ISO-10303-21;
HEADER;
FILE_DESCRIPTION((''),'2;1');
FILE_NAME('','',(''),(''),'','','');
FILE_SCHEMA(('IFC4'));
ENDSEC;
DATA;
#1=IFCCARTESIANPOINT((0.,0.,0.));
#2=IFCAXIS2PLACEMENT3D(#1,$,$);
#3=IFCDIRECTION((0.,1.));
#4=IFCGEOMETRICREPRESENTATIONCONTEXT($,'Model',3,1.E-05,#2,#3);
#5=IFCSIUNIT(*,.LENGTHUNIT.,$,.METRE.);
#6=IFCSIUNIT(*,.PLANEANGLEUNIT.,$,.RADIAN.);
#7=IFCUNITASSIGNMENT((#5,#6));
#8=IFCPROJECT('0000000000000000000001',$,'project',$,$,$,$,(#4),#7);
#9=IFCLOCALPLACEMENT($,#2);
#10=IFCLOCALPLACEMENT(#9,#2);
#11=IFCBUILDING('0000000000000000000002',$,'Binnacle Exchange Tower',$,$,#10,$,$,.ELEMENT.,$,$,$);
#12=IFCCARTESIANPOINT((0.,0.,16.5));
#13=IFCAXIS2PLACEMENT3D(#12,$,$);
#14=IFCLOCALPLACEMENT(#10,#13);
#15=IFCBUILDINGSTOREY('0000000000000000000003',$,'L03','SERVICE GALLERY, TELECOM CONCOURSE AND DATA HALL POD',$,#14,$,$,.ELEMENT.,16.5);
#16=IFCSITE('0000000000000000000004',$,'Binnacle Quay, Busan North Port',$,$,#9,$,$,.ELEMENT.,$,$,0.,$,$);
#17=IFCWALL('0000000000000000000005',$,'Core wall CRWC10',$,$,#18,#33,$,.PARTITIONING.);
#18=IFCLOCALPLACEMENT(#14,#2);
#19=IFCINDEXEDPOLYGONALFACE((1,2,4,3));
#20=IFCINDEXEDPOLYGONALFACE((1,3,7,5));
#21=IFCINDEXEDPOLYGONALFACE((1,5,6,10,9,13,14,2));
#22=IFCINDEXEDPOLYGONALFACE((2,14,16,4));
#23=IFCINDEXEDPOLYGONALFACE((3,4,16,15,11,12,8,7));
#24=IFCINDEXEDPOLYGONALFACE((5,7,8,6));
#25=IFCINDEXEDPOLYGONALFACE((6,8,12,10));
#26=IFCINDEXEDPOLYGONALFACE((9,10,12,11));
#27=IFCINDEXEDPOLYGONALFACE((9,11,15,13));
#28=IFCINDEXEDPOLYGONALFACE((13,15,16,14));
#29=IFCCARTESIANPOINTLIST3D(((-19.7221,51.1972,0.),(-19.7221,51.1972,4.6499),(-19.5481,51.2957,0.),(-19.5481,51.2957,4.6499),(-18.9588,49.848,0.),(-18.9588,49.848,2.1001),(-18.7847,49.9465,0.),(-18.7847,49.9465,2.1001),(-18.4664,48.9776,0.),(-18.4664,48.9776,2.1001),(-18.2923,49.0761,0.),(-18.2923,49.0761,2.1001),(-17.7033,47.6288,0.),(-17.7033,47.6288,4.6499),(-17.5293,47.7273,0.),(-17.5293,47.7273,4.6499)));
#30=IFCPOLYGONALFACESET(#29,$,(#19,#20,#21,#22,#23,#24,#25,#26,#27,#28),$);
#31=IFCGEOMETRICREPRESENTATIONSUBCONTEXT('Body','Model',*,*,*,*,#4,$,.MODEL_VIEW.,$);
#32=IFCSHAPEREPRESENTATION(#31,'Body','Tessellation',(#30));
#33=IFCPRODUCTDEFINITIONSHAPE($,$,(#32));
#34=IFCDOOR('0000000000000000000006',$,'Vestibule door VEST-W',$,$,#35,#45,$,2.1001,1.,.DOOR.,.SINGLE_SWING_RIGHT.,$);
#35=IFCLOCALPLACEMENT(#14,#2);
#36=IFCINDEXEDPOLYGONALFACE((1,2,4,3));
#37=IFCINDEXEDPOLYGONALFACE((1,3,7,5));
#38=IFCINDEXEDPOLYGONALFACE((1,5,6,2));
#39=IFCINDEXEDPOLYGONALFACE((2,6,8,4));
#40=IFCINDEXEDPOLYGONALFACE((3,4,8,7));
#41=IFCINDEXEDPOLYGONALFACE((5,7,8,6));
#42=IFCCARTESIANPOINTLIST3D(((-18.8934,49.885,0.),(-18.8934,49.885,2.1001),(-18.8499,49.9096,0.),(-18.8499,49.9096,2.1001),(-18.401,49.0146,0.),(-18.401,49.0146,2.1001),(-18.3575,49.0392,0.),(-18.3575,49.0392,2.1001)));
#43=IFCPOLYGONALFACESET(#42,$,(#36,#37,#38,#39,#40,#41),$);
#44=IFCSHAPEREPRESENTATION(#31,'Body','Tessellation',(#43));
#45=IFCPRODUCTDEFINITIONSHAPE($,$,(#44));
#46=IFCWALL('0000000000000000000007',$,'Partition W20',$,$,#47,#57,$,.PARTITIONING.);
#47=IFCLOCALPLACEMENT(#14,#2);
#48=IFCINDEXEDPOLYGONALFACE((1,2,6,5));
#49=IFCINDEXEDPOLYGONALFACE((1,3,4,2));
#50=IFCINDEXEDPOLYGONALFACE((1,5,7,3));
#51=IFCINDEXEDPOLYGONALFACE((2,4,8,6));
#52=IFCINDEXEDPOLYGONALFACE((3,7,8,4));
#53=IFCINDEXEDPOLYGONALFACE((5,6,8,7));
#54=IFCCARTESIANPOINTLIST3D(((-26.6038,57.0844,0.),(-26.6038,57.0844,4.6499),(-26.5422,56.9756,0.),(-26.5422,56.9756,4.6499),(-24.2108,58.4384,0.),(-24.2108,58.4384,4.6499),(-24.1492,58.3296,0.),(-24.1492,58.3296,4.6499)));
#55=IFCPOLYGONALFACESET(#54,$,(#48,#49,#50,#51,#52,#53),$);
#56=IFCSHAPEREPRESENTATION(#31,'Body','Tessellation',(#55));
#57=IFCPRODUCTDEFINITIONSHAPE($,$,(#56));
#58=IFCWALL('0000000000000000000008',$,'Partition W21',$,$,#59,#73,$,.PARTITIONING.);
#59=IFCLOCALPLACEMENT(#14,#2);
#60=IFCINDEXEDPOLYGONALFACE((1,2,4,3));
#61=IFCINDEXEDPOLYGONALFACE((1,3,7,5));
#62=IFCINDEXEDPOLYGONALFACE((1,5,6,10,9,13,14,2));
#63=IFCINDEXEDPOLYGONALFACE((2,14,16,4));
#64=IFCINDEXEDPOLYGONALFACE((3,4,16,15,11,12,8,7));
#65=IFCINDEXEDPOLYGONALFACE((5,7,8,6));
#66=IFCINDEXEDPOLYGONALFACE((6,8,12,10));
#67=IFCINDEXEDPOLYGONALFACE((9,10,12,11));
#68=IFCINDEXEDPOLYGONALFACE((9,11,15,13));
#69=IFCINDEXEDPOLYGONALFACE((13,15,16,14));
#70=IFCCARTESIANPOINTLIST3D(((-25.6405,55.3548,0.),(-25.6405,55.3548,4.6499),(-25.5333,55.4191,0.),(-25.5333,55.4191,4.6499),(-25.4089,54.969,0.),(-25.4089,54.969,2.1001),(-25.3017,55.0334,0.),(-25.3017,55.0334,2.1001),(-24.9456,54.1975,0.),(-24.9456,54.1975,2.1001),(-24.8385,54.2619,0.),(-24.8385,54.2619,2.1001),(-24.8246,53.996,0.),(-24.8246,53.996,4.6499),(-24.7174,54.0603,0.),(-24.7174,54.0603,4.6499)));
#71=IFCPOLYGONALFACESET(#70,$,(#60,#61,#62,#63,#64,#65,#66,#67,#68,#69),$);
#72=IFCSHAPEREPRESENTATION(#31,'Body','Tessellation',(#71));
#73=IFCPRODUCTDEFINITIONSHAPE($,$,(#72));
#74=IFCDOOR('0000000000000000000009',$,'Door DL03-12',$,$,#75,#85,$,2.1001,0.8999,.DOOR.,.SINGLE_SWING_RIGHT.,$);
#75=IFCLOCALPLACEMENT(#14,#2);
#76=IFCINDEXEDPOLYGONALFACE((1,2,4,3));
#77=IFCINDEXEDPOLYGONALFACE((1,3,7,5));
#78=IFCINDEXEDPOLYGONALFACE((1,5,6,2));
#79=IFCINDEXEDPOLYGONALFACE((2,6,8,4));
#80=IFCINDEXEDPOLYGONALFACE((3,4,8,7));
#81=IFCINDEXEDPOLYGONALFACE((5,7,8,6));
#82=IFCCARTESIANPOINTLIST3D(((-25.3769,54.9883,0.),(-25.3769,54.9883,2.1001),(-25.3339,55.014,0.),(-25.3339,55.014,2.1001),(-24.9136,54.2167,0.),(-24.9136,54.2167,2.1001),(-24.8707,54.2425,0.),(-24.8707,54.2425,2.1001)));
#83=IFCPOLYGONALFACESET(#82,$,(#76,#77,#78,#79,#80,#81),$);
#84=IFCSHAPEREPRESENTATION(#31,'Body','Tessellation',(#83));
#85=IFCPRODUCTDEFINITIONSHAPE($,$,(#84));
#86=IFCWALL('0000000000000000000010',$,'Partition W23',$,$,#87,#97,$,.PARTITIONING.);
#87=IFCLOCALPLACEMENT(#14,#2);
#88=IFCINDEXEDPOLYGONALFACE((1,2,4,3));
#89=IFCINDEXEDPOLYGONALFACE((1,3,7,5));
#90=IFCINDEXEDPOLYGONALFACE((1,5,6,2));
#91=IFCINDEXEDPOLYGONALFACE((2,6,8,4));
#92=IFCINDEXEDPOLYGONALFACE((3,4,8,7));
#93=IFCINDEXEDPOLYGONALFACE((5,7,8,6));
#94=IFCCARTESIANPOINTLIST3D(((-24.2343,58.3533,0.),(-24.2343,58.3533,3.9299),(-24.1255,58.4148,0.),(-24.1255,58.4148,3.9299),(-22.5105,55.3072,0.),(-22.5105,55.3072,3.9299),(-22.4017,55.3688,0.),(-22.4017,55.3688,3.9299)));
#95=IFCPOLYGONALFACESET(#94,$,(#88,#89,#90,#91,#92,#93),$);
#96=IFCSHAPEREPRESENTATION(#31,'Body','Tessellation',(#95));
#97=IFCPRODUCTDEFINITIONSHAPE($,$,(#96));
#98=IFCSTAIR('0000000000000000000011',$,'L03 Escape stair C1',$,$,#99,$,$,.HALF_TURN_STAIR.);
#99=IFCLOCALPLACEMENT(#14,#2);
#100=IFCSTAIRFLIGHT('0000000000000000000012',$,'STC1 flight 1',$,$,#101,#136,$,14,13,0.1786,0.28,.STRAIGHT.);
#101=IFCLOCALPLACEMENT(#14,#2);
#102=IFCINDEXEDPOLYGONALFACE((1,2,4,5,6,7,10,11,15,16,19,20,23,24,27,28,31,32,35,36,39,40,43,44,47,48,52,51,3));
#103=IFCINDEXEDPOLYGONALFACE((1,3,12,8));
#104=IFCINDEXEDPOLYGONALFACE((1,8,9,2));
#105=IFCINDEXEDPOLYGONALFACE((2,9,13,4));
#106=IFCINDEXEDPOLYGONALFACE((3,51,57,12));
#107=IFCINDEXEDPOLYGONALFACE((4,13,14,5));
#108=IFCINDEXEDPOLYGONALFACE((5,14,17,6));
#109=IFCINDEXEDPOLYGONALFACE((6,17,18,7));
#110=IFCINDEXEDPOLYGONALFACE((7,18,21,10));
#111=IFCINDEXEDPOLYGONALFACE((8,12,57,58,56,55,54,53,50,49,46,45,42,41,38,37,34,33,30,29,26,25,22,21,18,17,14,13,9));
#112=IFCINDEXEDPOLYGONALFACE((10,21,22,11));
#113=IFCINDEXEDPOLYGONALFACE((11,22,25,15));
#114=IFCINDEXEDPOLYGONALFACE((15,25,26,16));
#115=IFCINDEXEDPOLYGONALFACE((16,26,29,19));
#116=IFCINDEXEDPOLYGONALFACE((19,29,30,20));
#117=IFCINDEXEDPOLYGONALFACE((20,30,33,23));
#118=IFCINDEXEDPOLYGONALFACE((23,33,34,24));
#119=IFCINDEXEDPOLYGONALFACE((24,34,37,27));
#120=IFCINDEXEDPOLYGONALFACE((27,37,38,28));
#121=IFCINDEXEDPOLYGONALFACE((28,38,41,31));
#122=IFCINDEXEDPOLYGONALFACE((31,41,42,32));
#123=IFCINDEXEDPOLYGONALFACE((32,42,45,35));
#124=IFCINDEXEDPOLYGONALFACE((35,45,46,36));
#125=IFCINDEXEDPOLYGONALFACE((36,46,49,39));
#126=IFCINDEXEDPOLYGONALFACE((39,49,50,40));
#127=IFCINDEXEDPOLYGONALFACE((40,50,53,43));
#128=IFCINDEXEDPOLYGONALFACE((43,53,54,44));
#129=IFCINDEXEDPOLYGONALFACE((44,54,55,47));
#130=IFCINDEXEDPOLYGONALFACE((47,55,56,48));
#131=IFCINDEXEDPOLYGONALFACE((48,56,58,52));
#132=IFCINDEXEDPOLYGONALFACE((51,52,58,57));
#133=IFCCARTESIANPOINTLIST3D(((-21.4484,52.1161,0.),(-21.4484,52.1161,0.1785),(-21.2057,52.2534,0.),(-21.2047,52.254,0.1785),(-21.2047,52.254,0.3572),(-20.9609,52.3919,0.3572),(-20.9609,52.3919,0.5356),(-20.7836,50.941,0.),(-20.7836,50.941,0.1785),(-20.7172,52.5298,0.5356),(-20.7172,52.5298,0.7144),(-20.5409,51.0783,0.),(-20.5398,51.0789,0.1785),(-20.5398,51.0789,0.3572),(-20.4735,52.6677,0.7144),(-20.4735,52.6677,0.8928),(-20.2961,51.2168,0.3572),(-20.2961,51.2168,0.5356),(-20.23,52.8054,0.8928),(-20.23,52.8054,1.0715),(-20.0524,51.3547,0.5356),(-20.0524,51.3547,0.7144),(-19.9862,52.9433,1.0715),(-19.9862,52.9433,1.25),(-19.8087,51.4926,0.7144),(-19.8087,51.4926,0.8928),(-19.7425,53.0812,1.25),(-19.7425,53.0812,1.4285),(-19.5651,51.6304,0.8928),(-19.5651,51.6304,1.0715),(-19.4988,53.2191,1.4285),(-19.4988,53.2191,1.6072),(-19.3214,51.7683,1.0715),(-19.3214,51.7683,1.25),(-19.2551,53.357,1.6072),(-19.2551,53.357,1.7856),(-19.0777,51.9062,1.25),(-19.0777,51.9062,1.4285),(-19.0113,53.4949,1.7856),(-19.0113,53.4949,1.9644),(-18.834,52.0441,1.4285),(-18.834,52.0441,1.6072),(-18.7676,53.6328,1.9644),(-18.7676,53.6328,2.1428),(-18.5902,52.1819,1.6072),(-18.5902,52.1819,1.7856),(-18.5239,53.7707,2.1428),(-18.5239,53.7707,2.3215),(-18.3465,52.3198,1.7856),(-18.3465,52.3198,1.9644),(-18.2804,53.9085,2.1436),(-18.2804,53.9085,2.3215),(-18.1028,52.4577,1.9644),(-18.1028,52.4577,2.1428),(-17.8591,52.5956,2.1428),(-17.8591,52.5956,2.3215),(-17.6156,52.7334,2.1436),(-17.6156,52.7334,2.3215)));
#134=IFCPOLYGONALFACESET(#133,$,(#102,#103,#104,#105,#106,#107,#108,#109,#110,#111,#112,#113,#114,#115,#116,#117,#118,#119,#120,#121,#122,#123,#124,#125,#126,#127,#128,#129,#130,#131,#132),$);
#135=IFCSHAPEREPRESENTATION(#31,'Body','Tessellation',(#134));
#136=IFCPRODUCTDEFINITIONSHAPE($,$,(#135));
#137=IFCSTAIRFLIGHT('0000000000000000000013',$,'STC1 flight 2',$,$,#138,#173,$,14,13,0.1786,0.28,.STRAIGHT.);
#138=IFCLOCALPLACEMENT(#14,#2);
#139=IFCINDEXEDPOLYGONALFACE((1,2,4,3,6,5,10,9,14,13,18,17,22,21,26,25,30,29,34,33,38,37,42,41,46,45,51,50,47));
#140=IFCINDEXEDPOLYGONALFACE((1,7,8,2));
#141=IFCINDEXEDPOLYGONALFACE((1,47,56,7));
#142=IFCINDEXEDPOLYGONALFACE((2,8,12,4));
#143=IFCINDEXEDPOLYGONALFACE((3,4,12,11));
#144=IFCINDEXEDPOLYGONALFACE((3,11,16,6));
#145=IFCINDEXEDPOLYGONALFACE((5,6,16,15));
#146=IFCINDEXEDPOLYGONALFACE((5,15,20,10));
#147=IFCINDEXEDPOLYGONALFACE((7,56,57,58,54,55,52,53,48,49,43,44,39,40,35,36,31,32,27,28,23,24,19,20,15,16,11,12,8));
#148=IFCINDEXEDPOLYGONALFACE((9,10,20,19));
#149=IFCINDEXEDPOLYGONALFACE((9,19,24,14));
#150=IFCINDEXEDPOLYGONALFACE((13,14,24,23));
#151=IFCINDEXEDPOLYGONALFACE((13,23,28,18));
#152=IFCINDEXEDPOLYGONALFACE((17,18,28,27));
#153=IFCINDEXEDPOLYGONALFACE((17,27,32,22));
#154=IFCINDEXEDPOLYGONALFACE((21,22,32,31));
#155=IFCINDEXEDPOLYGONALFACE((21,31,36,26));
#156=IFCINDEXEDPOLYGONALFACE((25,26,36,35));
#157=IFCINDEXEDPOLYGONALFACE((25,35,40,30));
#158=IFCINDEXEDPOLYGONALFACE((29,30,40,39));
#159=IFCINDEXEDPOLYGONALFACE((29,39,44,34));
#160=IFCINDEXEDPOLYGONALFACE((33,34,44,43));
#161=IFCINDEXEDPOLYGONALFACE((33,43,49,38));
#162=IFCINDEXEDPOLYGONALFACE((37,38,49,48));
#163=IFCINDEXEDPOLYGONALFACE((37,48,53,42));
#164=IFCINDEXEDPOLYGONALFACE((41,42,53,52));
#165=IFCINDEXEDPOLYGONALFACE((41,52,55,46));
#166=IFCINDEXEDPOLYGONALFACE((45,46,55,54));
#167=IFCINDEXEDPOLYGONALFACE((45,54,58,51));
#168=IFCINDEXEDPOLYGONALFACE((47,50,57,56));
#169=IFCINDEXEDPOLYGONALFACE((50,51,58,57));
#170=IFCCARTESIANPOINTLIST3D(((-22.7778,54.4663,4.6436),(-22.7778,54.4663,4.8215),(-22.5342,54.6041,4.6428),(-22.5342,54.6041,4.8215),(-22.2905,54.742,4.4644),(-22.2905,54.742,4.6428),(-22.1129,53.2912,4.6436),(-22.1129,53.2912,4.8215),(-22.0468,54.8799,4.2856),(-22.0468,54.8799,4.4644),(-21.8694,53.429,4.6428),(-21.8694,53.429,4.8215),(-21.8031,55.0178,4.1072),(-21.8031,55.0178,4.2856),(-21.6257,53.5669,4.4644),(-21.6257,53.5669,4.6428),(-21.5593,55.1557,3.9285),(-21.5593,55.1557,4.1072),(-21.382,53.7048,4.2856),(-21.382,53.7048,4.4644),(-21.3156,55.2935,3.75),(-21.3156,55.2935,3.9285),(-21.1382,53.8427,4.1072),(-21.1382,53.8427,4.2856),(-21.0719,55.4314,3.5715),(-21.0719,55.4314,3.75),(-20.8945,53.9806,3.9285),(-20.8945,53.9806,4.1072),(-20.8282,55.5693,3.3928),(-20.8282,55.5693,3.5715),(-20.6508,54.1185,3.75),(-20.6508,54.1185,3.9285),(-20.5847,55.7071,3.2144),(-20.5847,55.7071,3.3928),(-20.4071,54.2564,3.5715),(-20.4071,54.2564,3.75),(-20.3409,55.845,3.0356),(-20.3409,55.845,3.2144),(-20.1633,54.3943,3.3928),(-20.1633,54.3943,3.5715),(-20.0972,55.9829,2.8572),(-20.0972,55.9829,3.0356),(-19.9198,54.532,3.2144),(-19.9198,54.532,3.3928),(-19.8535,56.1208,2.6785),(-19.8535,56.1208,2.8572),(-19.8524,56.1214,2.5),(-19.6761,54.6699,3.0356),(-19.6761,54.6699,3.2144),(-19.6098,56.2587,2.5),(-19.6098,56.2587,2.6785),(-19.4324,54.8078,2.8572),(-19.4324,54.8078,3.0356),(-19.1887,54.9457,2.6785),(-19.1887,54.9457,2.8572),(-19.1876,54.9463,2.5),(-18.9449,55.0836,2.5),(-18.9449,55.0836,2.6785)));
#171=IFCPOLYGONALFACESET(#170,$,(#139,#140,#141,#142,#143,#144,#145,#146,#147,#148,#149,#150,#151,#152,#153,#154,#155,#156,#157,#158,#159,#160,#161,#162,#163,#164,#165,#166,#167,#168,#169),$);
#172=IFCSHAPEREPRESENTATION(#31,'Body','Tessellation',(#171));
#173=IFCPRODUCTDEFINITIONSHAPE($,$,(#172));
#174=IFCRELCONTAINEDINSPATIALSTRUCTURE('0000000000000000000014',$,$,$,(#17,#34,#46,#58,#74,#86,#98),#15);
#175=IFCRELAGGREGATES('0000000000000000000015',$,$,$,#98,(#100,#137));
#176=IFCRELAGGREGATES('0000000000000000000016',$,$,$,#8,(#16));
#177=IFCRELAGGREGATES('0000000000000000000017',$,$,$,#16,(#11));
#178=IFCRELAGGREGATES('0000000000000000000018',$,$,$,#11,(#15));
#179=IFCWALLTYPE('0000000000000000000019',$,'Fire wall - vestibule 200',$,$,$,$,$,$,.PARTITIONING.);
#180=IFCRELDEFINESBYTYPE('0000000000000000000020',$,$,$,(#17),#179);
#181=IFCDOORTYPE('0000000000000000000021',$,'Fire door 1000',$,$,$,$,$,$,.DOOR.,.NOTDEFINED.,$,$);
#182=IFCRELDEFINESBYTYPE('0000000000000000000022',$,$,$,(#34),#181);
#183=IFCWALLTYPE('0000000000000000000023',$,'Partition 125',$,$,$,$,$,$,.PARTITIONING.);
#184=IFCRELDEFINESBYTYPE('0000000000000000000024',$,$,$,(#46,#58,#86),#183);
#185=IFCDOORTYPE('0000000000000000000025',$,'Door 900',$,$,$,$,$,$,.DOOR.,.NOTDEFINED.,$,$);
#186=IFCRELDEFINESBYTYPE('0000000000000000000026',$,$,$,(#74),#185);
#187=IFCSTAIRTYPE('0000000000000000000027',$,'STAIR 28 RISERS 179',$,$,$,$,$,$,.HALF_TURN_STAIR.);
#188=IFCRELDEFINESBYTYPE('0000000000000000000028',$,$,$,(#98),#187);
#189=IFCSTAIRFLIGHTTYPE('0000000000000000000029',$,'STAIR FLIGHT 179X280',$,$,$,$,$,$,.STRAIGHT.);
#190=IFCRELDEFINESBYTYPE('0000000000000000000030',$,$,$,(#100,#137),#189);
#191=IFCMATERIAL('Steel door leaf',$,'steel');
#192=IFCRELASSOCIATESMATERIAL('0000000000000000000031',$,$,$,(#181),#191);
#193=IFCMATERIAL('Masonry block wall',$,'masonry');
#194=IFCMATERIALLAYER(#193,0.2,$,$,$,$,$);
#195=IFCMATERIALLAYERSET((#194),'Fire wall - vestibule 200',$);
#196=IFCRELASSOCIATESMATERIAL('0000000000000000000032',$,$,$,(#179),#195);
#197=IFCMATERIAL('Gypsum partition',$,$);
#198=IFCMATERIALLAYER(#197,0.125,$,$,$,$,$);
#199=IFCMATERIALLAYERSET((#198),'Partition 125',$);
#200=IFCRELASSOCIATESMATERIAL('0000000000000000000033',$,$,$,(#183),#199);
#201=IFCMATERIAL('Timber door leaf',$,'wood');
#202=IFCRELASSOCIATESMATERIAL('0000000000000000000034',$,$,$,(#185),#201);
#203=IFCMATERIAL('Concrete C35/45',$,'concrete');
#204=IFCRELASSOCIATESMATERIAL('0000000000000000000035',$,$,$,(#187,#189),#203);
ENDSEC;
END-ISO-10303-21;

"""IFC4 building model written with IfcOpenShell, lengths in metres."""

from ifc_helpers import new_model, si_unit, direction, frame, frame_2d, origin, place, context, subcontext, project, spatial, polyline, rectangle, outline, extrude, material, layer, layer_set, type_object, element, fill, aggregate, save


model = new_model("IFC4")

# Units and contexts
model_context = context("Model", 3, precision=1e-05, world=origin(), true_north=direction((0.0, 1.0)))
body_context = subcontext(model_context, "Body", "Model", "MODEL_VIEW")
ifc_project = project(units=[si_unit("LENGTHUNIT", "METRE"), si_unit("PLANEANGLEUNIT", "RADIAN")], contexts=[model_context])

# Site, building, storey
site_placement = place(None, origin())
site = spatial("IfcSite", under=ifc_project, at=site_placement, Name="Binnacle Quay, Busan North Port", CompositionType="ELEMENT", RefElevation=0.0)
building_placement = place(site_placement, origin())
building = spatial("IfcBuilding", under=site, at=building_placement, Name="Binnacle Exchange Tower", CompositionType="ELEMENT")
storey_placement = place(building_placement, frame((0.0, 0.0, 16.5)))
storey = spatial("IfcBuildingStorey", under=building, at=storey_placement, Name="L03", Description="SERVICE GALLERY, TELECOM CONCOURSE AND DATA HALL POD", CompositionType="ELEMENT", Elevation=16.5)

# Shared definitions
ifc_material_1 = material(Name="Steel door leaf", Category="steel")

# Wall, opening, door
door_type_1 = type_object("IfcDoorType", Name="Fire door 1000", OperationType="NOTDEFINED", PredefinedType="DOOR", material=ifc_material_1)
ifc_material_2 = material(Name="Masonry block wall", Category="masonry")
ifc_layer_1 = layer(ifc_material_2, 0.2)
ifc_layer_set_1 = layer_set([ifc_layer_1], Name="Fire wall - vestibule 200")
wall_type_1 = type_object("IfcWallType", Name="Fire wall - vestibule 200", PredefinedType="PARTITIONING", material=ifc_layer_set_1)
wall_1_placement = place(storey_placement, frame((-19.635, 51.2463, 0.0), z_axis=(0.0, 0.0, 1.0), x_axis=(0.492408, -0.870364, 0.0)))
wall_1 = element("IfcWall", 1, at=wall_1_placement, inside=storey, type_object=wall_type_1, Name="Core wall CRWC10", PredefinedType="PARTITIONING", context=body_context, shape_type="SweptSolid", body=[
    extrude(rectangle(XDim=4.0999, YDim=0.2, at=frame_2d((2.0498, 0.0))), origin(), (0.0, 0.0, 1.0), 4.6499),
])
opening_1_placement = place(wall_1_placement, frame((1.55, 0.0, 0.0)))
opening_1 = element("IfcOpeningElement", 2, at=opening_1_placement, cuts=wall_1, PredefinedType="OPENING", context=body_context, shape_type="SweptSolid", body=[
    extrude(rectangle(XDim=1.0, YDim=2.1001, at=frame_2d((0.5, 1.05))), frame((0.0, 0.1099, 0.0), z_axis=(0.0, -1.0, 0.0), x_axis=(1.0, 0.0, 0.0)), (0.0, 0.0, 1.0), 0.22),
])
door_1_placement = place(opening_1_placement, frame((1.0, 0.0, 0.0), z_axis=(0.0, 0.0, 1.0), x_axis=(-1.0, 0.0, 0.0)))
door_1 = element("IfcDoor", 3, at=door_1_placement, inside=storey, type_object=door_type_1, Name="Vestibule door VEST-W", OperationType="SINGLE_SWING_RIGHT", OverallHeight=2.1001, OverallWidth=1.0, PredefinedType="DOOR", context=body_context, shape_type="SweptSolid", body=[
    extrude(rectangle(XDim=1.0, YDim=2.1001, at=frame_2d((0.5, 1.05))), frame((0.0, 0.0249, 0.0), z_axis=(0.0, -1.0, 0.0), x_axis=(1.0, 0.0, 0.0)), (0.0, 0.0, 1.0), 0.05),
])
fill(opening_1, door_1)

# Wall
ifc_material_3 = material(Name="Gypsum partition")
ifc_layer_2 = layer(ifc_material_3, 0.125)
ifc_layer_set_2 = layer_set([ifc_layer_2], Name="Partition 125")
wall_type_2 = type_object("IfcWallType", Name="Partition 125", PredefinedType="PARTITIONING", material=ifc_layer_set_2)
wall_2_placement = place(storey_placement, frame((-26.573, 57.03, 0.0), z_axis=(0.0, 0.0, 1.0), x_axis=(0.870344, 0.492443, 0.0)))
element("IfcWall", 4, at=wall_2_placement, inside=storey, type_object=wall_type_2, Name="Partition W20", PredefinedType="PARTITIONING", context=body_context, shape_type="SweptSolid", body=[
    extrude(rectangle(XDim=2.7495, YDim=0.125, at=frame_2d((1.3748, 0.0))), origin(), (0.0, 0.0, 1.0), 4.6499),
])

# Wall, opening, door
wall_3_placement = place(storey_placement, frame((-25.5869, 55.387, 0.0), z_axis=(0.0, 0.0, 1.0), x_axis=(0.514768, -0.85733, 0.0)))
wall_3 = element("IfcWall", 5, at=wall_3_placement, inside=storey, type_object=wall_type_2, Name="Partition W21", PredefinedType="PARTITIONING", context=body_context, shape_type="SweptSolid", body=[
    extrude(rectangle(XDim=1.585, YDim=0.125, at=frame_2d((0.7925, 0.0))), origin(), (0.0, 0.0, 1.0), 4.6499),
])
opening_2_placement = place(wall_3_placement, frame((0.45, 0.0, 0.0)))
opening_2 = element("IfcOpeningElement", 6, at=opening_2_placement, cuts=wall_3, PredefinedType="OPENING", context=body_context, shape_type="SweptSolid", body=[
    extrude(rectangle(XDim=0.8999, YDim=2.1001, at=frame_2d((0.45, 1.05))), frame((0.0, 0.0725, 0.0), z_axis=(0.0, -1.0, 0.0), x_axis=(1.0, 0.0, 0.0)), (0.0, 0.0, 1.0), 0.145),
])
ifc_material_4 = material(Name="Timber door leaf", Category="wood")
door_type_2 = type_object("IfcDoorType", Name="Door 900", OperationType="NOTDEFINED", PredefinedType="DOOR", material=ifc_material_4)
door_2_placement = place(opening_2_placement, origin())
door_2 = element("IfcDoor", 7, at=door_2_placement, inside=storey, type_object=door_type_2, Name="Door DL03-12", OperationType="SINGLE_SWING_RIGHT", OverallHeight=2.1001, OverallWidth=0.8999, PredefinedType="DOOR", context=body_context, shape_type="SweptSolid", body=[
    extrude(rectangle(XDim=0.8999, YDim=2.1001, at=frame_2d((0.45, 1.05))), frame((0.0, 0.0249, 0.0), z_axis=(0.0, -1.0, 0.0), x_axis=(1.0, 0.0, 0.0)), (0.0, 0.0, 1.0), 0.05),
])
fill(opening_2, door_2)

# Wall
wall_4_placement = place(storey_placement, frame((-24.1799, 58.384, 0.0), z_axis=(0.0, 0.0, 1.0), x_axis=(0.492521, -0.8703, 0.0)))
element("IfcWall", 8, at=wall_4_placement, inside=storey, type_object=wall_type_2, Name="Partition W23", PredefinedType="PARTITIONING", context=body_context, shape_type="SweptSolid", body=[
    extrude(rectangle(XDim=3.5, YDim=0.125, at=frame_2d((1.75, 0.0))), origin(), (0.0, 0.0, 1.0), 3.9299),
])

# Stair, stair flights
ifc_material_5 = material(Name="Concrete C35/45", Category="concrete")
stair_type = type_object("IfcStairType", Name="STAIR 28 RISERS 179", PredefinedType="HALF_TURN_STAIR", material=ifc_material_5)
stair_placement = place(storey_placement, origin())
stair = element("IfcStair", 9, at=stair_placement, inside=storey, type_object=stair_type, Name="L03 Escape stair C1", PredefinedType="HALF_TURN_STAIR")
stair_flight_type = type_object("IfcStairFlightType", Name="STAIR FLIGHT 179X280", PredefinedType="STRAIGHT", material=ifc_material_5)
stair_flight_1_placement = place(storey_placement, frame((-21.116, 51.5286, 0.0), z_axis=(0.0, 0.0, 1.0), x_axis=(0.870356, 0.492424, 0.0)))
stair_flight_1 = element("IfcStairFlight", 10, at=stair_flight_1_placement, type_object=stair_flight_type, Name="STC1 flight 1", NumberOfRisers=14, NumberOfTreads=13, PredefinedType="STRAIGHT", RiserHeight=0.1786, TreadLength=0.28, context=body_context, shape_type="SweptSolid", body=[
    extrude(outline(polyline([(0.0, 0.0), (0.0, 0.1785), (0.28, 0.1785), (0.28, 0.3572), (0.5601, 0.3572), (0.5601, 0.5356), (0.8401, 0.5356), (0.8401, 0.7144), (1.1201, 0.7144), (1.1201, 0.8928), (1.3999, 0.8928), (1.3999, 1.0715), (1.6799, 1.0715), (1.6799, 1.25), (1.96, 1.25), (1.96, 1.4285), (2.24, 1.4285), (2.24, 1.6072), (2.52, 1.6072), (2.52, 1.7856), (2.8, 1.7856), (2.8, 1.9644), (3.0801, 1.9644), (3.0801, 2.1428), (3.3601, 2.1428), (3.3601, 2.3215), (3.6399, 2.3215), (3.6399, 2.5), (3.6399, 2.1436), (0.2788, 0.0), (0.0, 0.0)])), frame((0.0, 0.675, 0.0), z_axis=(0.0, -1.0, 0.0), x_axis=(1.0, 0.0, 0.0)), (0.0, 0.0, 1.0), 1.3501),
])
stair_flight_2_placement = place(storey_placement, frame((-19.2773, 55.6711, 2.5), z_axis=(0.0, 0.0, 1.0), x_axis=(-0.870356, -0.492424, 0.0)))
stair_flight_2 = element("IfcStairFlight", 11, at=stair_flight_2_placement, type_object=stair_flight_type, Name="STC1 flight 2", NumberOfRisers=14, NumberOfTreads=13, PredefinedType="STRAIGHT", RiserHeight=0.1786, TreadLength=0.28, context=body_context, shape_type="SweptSolid", body=[
    extrude(outline(polyline([(0.0, 0.0), (0.0, 0.1785), (0.28, 0.1785), (0.28, 0.3572), (0.5601, 0.3572), (0.5601, 0.5356), (0.8401, 0.5356), (0.8401, 0.7144), (1.1201, 0.7144), (1.1201, 0.8928), (1.3999, 0.8928), (1.3999, 1.0715), (1.6799, 1.0715), (1.6799, 1.25), (1.96, 1.25), (1.96, 1.4285), (2.24, 1.4285), (2.24, 1.6072), (2.52, 1.6072), (2.52, 1.7856), (2.8, 1.7856), (2.8, 1.9644), (3.0801, 1.9644), (3.0801, 2.1428), (3.3601, 2.1428), (3.3601, 2.3215), (3.6399, 2.3215), (3.6399, 2.5), (3.6399, 2.1436), (0.2788, 0.0), (0.0, 0.0)])), frame((0.0, 0.675, 0.0), z_axis=(0.0, -1.0, 0.0), x_axis=(1.0, 0.0, 0.0)), (0.0, 0.0, 1.0), 1.3501),
])
aggregate(stair, [stair_flight_1, stair_flight_2])

save(model, "model.ifc")
